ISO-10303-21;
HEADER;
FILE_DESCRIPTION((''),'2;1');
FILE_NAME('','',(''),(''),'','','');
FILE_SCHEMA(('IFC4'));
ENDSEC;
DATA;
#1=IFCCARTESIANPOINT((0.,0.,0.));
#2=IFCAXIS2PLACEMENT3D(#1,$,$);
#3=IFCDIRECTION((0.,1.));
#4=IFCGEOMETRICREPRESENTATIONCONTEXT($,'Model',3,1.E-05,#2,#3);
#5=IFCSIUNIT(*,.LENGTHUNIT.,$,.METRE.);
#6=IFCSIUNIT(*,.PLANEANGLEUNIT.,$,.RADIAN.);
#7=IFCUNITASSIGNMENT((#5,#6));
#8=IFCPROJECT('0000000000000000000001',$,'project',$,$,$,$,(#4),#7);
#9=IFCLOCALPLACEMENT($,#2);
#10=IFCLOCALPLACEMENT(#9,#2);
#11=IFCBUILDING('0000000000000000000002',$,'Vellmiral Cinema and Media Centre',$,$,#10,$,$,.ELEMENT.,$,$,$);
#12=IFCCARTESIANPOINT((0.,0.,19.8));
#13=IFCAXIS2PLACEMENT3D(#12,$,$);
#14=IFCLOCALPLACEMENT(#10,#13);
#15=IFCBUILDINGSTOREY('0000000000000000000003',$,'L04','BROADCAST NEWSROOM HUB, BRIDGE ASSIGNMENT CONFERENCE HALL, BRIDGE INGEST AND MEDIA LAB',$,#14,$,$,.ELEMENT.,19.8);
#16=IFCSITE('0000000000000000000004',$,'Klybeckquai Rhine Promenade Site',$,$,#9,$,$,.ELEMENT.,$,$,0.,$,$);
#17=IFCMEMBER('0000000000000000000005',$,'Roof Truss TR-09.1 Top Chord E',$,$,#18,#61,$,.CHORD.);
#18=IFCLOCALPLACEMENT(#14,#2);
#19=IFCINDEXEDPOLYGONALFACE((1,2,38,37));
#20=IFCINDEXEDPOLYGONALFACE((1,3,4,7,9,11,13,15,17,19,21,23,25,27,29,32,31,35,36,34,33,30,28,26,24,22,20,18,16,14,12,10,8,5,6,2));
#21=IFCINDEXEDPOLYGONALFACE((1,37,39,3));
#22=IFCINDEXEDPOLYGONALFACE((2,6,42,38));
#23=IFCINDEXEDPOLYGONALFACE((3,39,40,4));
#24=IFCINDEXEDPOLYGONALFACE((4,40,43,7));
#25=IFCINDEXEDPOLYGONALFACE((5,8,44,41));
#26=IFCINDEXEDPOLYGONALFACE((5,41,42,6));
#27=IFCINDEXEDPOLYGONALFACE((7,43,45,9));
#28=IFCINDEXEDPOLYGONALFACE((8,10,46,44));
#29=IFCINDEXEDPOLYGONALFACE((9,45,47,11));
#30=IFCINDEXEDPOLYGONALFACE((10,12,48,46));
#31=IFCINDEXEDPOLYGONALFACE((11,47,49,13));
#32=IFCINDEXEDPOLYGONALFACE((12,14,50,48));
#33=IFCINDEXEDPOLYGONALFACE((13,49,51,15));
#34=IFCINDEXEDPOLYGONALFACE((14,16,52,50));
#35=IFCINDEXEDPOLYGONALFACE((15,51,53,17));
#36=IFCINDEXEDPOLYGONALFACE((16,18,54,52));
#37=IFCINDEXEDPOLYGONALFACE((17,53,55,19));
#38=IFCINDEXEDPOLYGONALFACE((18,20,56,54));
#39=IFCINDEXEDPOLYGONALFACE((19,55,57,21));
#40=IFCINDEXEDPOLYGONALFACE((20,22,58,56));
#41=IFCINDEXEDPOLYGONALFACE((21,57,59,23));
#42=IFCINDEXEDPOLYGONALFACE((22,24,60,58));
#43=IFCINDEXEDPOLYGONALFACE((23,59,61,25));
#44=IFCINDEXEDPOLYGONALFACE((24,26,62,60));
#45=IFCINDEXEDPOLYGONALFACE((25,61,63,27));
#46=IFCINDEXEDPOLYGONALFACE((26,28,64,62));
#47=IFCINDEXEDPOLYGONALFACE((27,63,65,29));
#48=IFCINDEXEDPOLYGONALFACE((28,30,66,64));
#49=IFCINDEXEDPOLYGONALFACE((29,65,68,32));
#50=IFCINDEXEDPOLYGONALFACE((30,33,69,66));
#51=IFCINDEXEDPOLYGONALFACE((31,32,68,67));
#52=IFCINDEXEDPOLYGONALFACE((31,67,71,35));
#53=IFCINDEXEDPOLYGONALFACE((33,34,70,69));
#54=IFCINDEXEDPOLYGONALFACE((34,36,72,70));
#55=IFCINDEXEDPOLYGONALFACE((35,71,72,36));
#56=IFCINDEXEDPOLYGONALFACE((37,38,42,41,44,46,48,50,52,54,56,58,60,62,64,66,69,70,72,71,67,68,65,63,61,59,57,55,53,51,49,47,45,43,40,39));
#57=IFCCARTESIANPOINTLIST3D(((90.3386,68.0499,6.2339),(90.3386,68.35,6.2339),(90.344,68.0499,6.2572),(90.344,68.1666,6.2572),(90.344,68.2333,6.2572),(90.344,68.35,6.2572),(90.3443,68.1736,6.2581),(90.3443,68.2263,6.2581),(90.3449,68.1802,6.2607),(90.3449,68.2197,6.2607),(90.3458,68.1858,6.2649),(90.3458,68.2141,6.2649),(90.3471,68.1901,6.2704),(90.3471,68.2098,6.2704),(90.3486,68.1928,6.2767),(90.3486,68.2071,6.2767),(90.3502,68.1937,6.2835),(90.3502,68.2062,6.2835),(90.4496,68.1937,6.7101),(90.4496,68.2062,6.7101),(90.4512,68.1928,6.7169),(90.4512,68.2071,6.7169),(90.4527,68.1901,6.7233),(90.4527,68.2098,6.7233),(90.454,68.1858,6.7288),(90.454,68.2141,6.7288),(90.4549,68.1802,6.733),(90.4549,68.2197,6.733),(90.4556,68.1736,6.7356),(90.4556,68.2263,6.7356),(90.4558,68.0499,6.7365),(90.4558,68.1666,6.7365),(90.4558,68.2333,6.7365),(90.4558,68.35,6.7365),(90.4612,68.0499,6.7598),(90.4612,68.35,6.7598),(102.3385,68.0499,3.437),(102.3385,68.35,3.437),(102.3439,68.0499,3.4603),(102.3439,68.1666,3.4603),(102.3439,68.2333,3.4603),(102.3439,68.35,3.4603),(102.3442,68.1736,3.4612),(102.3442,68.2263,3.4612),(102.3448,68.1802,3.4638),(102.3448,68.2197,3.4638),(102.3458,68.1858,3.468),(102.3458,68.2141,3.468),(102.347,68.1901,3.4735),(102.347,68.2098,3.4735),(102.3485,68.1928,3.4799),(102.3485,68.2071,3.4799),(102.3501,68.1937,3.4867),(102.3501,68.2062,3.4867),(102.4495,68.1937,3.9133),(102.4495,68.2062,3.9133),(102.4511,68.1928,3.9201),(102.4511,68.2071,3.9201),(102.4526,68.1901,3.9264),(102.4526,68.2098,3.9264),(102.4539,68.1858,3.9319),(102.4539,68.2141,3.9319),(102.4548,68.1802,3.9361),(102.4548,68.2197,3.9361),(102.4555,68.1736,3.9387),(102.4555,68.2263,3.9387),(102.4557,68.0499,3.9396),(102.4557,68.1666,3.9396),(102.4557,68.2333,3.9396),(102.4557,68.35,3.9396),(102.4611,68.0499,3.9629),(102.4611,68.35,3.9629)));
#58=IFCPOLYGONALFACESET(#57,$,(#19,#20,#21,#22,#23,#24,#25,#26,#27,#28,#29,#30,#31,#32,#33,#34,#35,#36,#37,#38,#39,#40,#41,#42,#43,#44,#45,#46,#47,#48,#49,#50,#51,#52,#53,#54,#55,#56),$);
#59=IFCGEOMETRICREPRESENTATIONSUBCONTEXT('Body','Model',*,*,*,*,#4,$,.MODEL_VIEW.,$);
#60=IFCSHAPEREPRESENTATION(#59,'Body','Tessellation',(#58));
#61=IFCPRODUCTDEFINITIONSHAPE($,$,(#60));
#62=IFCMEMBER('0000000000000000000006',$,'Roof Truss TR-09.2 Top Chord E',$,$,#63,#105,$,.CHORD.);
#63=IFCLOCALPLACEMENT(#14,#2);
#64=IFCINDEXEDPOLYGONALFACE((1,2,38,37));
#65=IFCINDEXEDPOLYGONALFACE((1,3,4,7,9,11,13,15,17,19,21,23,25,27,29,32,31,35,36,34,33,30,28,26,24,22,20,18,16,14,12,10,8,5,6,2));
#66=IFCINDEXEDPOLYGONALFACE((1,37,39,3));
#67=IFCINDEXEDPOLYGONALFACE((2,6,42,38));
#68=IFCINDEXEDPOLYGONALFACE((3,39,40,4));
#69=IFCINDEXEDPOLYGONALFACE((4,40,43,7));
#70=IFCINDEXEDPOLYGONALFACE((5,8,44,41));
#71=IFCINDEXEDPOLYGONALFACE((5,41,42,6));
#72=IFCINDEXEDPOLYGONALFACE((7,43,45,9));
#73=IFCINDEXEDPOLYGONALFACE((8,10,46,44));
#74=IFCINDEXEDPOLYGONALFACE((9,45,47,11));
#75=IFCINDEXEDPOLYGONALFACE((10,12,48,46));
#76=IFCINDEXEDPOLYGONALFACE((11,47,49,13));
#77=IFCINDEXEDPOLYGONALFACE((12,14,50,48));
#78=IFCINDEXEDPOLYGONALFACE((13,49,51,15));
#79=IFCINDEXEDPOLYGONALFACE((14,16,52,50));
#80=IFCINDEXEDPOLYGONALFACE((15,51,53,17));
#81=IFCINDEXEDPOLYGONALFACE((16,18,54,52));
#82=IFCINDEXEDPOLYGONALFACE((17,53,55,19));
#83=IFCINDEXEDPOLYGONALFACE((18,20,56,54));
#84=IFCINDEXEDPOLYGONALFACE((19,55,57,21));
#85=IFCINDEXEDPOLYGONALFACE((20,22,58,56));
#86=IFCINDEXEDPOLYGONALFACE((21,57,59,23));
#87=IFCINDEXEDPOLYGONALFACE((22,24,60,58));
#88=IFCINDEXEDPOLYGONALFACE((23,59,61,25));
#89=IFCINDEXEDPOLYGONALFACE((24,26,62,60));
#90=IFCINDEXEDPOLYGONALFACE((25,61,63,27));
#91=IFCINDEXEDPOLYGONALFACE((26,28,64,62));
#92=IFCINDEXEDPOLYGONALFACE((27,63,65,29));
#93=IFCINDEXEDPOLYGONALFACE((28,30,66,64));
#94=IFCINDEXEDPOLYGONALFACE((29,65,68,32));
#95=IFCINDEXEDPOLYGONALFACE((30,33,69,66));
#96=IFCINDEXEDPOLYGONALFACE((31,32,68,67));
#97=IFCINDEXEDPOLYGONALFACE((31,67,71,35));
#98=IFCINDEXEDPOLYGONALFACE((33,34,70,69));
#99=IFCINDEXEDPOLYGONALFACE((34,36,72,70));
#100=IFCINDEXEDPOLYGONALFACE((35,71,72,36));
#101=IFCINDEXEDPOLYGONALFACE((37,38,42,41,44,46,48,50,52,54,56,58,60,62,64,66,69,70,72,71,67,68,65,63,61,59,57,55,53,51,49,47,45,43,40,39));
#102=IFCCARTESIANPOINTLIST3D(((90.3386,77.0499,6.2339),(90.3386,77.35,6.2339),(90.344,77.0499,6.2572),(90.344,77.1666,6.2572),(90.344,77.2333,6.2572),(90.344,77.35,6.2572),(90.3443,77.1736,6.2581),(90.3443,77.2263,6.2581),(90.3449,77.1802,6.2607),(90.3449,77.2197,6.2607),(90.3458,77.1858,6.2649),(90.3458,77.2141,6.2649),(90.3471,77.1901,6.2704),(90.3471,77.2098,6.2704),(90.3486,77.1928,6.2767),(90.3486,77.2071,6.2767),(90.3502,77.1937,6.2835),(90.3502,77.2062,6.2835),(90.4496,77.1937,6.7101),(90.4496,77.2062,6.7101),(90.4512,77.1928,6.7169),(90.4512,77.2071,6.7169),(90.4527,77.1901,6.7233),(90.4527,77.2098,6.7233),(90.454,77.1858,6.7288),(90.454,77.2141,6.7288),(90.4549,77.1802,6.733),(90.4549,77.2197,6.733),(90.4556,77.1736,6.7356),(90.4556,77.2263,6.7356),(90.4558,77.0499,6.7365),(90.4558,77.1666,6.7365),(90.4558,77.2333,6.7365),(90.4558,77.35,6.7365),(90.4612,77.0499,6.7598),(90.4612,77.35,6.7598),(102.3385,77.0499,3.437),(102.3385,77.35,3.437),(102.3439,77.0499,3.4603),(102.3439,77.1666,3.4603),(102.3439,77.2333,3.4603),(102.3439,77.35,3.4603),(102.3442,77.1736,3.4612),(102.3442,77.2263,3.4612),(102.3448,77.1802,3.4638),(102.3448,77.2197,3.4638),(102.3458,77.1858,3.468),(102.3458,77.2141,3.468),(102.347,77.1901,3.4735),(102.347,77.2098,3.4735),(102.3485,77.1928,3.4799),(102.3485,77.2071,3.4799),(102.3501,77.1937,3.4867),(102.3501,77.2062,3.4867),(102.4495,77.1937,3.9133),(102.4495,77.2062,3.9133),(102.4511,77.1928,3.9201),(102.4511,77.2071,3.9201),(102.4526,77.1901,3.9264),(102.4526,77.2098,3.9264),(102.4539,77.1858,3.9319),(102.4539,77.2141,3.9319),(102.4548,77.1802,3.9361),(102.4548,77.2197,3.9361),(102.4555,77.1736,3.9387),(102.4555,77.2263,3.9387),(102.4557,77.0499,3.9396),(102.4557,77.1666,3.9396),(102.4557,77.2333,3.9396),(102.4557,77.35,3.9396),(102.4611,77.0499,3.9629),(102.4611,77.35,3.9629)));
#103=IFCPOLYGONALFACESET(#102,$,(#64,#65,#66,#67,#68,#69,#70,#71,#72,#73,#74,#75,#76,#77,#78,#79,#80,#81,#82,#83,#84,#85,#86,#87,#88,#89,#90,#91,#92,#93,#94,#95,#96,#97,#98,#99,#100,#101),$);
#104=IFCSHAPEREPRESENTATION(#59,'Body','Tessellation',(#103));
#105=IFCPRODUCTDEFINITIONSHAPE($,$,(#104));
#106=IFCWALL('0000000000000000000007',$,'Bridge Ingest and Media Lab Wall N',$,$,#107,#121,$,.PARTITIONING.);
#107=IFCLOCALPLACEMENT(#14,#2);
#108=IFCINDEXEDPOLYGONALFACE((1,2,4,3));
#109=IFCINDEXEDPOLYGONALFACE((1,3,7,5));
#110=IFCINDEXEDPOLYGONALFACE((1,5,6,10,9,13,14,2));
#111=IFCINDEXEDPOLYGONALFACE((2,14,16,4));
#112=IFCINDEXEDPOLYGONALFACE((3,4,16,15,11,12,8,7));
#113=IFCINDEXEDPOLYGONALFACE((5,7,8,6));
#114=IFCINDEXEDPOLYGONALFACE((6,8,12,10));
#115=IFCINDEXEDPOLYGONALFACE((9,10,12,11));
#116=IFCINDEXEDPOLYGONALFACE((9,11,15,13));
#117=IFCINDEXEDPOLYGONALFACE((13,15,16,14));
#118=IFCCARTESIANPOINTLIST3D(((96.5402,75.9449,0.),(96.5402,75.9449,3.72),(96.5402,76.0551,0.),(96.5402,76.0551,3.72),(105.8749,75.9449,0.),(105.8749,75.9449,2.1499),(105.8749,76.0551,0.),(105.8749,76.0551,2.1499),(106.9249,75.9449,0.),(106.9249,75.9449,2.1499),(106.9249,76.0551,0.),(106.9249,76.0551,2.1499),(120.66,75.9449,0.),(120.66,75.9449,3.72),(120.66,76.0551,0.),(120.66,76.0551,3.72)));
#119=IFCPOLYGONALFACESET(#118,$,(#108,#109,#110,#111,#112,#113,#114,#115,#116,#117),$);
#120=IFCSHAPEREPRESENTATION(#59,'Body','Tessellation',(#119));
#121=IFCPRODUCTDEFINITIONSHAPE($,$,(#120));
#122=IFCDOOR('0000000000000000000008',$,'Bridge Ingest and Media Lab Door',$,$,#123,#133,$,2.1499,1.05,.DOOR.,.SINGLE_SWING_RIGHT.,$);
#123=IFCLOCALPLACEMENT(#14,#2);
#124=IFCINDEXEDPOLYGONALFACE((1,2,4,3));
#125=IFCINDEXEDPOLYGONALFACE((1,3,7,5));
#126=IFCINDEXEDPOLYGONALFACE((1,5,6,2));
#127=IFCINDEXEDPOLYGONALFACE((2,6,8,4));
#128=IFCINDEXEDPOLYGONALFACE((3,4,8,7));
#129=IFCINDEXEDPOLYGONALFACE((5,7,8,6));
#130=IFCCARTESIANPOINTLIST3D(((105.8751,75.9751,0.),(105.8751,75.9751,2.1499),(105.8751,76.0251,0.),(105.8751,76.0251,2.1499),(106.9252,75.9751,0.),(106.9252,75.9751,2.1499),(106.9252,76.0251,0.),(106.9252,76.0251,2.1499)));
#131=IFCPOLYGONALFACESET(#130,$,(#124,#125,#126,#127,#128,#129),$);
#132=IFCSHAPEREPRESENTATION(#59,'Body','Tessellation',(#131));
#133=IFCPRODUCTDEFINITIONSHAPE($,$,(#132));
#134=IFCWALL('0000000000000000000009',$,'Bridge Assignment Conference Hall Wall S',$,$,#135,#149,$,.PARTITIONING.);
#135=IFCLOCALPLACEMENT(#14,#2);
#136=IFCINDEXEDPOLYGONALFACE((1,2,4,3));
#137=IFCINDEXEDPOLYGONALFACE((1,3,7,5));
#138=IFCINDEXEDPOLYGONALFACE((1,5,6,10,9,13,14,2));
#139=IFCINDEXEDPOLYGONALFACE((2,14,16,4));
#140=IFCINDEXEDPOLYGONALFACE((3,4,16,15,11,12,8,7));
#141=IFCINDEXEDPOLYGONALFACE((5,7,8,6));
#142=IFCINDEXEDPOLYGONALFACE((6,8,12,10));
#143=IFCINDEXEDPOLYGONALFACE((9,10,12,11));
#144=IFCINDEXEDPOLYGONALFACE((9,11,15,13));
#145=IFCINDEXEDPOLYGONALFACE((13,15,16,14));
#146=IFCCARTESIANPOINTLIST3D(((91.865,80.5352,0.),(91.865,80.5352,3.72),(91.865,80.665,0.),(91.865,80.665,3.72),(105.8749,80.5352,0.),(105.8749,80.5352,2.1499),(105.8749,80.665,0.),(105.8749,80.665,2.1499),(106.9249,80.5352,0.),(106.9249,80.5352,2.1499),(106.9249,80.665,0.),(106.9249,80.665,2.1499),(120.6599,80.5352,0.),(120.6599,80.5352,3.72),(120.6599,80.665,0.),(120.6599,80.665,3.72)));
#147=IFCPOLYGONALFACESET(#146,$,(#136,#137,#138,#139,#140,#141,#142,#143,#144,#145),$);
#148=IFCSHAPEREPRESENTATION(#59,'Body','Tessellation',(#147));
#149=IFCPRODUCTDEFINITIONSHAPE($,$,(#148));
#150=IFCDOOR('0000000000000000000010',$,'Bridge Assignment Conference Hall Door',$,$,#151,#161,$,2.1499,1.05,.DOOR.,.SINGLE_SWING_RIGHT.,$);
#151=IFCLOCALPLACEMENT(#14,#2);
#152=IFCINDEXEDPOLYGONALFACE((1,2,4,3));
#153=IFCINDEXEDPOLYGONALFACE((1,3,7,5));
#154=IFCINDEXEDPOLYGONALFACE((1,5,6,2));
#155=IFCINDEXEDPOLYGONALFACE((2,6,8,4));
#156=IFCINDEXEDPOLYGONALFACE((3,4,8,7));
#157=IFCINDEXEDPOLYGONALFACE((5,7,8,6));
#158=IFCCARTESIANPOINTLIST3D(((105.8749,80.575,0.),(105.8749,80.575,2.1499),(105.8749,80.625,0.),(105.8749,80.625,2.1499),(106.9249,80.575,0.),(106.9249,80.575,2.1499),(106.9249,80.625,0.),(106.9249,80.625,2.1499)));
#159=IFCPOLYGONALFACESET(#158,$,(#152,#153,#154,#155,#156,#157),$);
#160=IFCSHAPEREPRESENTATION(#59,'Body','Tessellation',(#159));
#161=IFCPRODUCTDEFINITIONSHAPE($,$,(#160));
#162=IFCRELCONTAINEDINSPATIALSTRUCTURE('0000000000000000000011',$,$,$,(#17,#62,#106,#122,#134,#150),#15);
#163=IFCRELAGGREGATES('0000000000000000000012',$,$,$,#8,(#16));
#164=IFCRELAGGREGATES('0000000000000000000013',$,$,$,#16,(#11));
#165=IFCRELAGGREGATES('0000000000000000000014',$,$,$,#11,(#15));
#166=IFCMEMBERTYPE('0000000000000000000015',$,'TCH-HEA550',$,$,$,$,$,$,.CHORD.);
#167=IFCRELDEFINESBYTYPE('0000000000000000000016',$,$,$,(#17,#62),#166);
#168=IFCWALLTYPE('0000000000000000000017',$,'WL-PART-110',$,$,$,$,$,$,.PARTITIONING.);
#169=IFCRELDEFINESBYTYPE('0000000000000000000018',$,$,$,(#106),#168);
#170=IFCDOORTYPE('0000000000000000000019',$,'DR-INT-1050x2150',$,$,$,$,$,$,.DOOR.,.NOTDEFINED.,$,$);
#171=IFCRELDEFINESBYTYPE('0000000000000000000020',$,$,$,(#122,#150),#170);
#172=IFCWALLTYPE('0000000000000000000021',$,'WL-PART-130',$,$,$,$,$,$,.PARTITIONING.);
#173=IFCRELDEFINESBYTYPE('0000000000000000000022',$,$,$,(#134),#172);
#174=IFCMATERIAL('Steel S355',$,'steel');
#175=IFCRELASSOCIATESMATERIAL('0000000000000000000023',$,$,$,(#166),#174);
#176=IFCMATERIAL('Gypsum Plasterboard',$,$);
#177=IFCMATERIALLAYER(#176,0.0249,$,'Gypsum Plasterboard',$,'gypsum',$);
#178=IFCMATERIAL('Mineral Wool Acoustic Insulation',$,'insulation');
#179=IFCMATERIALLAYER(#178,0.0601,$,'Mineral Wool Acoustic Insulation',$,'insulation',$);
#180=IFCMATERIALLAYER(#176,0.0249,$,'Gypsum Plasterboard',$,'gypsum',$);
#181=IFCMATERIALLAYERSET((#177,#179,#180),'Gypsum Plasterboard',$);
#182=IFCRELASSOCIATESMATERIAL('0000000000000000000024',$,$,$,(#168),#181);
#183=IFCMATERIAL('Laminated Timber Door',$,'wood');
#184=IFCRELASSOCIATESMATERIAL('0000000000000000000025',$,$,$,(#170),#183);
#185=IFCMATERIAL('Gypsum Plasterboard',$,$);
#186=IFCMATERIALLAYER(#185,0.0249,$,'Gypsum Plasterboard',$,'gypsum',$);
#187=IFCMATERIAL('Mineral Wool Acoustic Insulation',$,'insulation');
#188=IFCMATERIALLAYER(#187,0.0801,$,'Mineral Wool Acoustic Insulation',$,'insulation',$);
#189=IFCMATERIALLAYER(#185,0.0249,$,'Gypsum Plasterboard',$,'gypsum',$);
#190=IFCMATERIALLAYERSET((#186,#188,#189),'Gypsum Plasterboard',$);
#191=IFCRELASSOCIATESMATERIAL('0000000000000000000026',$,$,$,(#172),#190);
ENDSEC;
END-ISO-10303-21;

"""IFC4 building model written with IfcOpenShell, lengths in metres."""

from ifc_helpers import new_model, si_unit, direction, frame, frame_2d, origin, origin_2d, place, context, subcontext, project, spatial, rectangle, i_section, extrude, material, layer, layer_set, material_profile, profile_set, type_object, element, fill, save


model = new_model("IFC4")

# Units and contexts
model_context = context("Model", 3, precision=1e-05, world=origin(), true_north=direction((0.0, 1.0)))
body_context = subcontext(model_context, "Body", "Model", "MODEL_VIEW")
ifc_project = project(units=[si_unit("LENGTHUNIT", "METRE"), si_unit("PLANEANGLEUNIT", "RADIAN")], contexts=[model_context])

# Site, building, storey
site_placement = place(None, origin())
site = spatial("IfcSite", under=ifc_project, at=site_placement, Name="Klybeckquai Rhine Promenade Site", CompositionType="ELEMENT", RefElevation=0.0)
building_placement = place(site_placement, origin())
building = spatial("IfcBuilding", under=site, at=building_placement, Name="Vellmiral Cinema and Media Centre", CompositionType="ELEMENT")
storey_placement = place(building_placement, frame((0.0, 0.0, 19.8)))
storey = spatial("IfcBuildingStorey", under=building, at=storey_placement, Name="L04", Description="BROADCAST NEWSROOM HUB, BRIDGE ASSIGNMENT CONFERENCE HALL, BRIDGE INGEST AND MEDIA LAB", CompositionType="ELEMENT", Elevation=19.8)

# Members
ifc_material_1 = material(Name="Steel S355", Category="steel")
ifc_material_profile_1 = material_profile(ifc_material_1, i_section(OverallWidth=0.3, OverallDepth=0.54, WebThickness=0.0125, FlangeThickness=0.0239, FilletRadius=0.0271, at=origin_2d()), Name="HEA 550")
ifc_profile_set_1 = profile_set([ifc_material_profile_1], Name="Steel S355")
member_type_1 = type_object("IfcMemberType", Name="TCH-HEA550", PredefinedType="CHORD", material=ifc_profile_set_1)
for number, where, z_axis, x_axis, name in (
    (1, (90.3999, 68.2, 6.4968), (0.973897, 0.0, -0.226989), (0.0, 1.0, 0.0), "Roof Truss TR-09.1 Top Chord E"),
    (2, (90.3999, 77.2, 6.4968), (0.973897, 0.0, -0.226989), (0.0, 1.0, 0.0), "Roof Truss TR-09.2 Top Chord E"),
):
    element("IfcMember", number, at=place(storey_placement, frame(where, z_axis=z_axis, x_axis=x_axis)), inside=storey, type_object=member_type_1, Name=name, PredefinedType="CHORD", context=body_context, shape_type="SweptSolid", body=[
        extrude(i_section(OverallWidth=0.3, OverallDepth=0.54, WebThickness=0.0125, FlangeThickness=0.0239, FilletRadius=0.0271, at=origin_2d()), origin(), (0.0, 0.0, 1.0), 12.3215),
    ])

# Walls, openings, doors
ifc_material_2 = material(Name="Gypsum Plasterboard")
ifc_layer_1 = layer(ifc_material_2, 0.0249, Name="Gypsum Plasterboard", Category="gypsum")
ifc_material_3 = material(Name="Mineral Wool Acoustic Insulation", Category="insulation")
ifc_layer_2 = layer(ifc_material_3, 0.0601, Name="Mineral Wool Acoustic Insulation", Category="insulation")
ifc_layer_3 = layer(ifc_material_2, 0.0249, Name="Gypsum Plasterboard", Category="gypsum")
ifc_layer_set_1 = layer_set([ifc_layer_1, ifc_layer_2, ifc_layer_3], Name="Gypsum Plasterboard")
wall_type_1 = type_object("IfcWallType", Name="WL-PART-110", PredefinedType="PARTITIONING", material=ifc_layer_set_1)
wall_1_placement = place(storey_placement, frame((96.54, 76.0, 0.0), z_axis=(0.0, 0.0, 1.0), x_axis=(1.0, 0.0, 0.0)))
wall_1 = element("IfcWall", 3, at=wall_1_placement, inside=storey, type_object=wall_type_1, Name="Bridge Ingest and Media Lab Wall N", PredefinedType="PARTITIONING", context=body_context, shape_type="SweptSolid", body=[
    extrude(rectangle(XDim=24.1199, YDim=0.1101, at=frame_2d((12.0601, 0.0))), origin(), (0.0, 0.0, 1.0), 3.72),
])
opening_1_placement = place(wall_1_placement, frame((9.335, 0.0, 0.0)))
opening_1 = element("IfcOpeningElement", 4, at=opening_1_placement, cuts=wall_1, PredefinedType="OPENING", context=body_context, shape_type="SweptSolid", body=[
    extrude(rectangle(XDim=1.05, YDim=2.1499, at=frame_2d((0.5249, 1.075))), frame((0.0, 0.0669, 0.0), z_axis=(0.0, -1.0, 0.0), x_axis=(1.0, 0.0, 0.0)), (0.0, 0.0, 1.0), 0.134),
])
ifc_material_4 = material(Name="Laminated Timber Door", Category="wood")
door_type_1 = type_object("IfcDoorType", Name="DR-INT-1050x2150", OperationType="NOTDEFINED", PredefinedType="DOOR", material=ifc_material_4)
door_1_placement = place(opening_1_placement, frame((1.05, 0.0, 0.0), z_axis=(0.0, 0.0, 1.0), x_axis=(-1.0, 0.0, 0.0)))
door_1 = element("IfcDoor", 5, at=door_1_placement, inside=storey, type_object=door_type_1, Name="Bridge Ingest and Media Lab Door", OperationType="SINGLE_SWING_RIGHT", OverallHeight=2.1499, OverallWidth=1.05, PredefinedType="DOOR", context=body_context, shape_type="SweptSolid", body=[
    extrude(rectangle(XDim=1.05, YDim=2.1499, at=frame_2d((0.5249, 1.075))), frame((0.0, 0.0249, 0.0), z_axis=(0.0, -1.0, 0.0), x_axis=(1.0, 0.0, 0.0)), (0.0, 0.0, 1.0), 0.05),
])
fill(opening_1, door_1)
ifc_material_5 = material(Name="Gypsum Plasterboard")
ifc_layer_4 = layer(ifc_material_5, 0.0249, Name="Gypsum Plasterboard", Category="gypsum")
ifc_material_6 = material(Name="Mineral Wool Acoustic Insulation", Category="insulation")
ifc_layer_5 = layer(ifc_material_6, 0.0801, Name="Mineral Wool Acoustic Insulation", Category="insulation")
ifc_layer_6 = layer(ifc_material_5, 0.0249, Name="Gypsum Plasterboard", Category="gypsum")
ifc_layer_set_2 = layer_set([ifc_layer_4, ifc_layer_5, ifc_layer_6], Name="Gypsum Plasterboard")
wall_type_2 = type_object("IfcWallType", Name="WL-PART-130", PredefinedType="PARTITIONING", material=ifc_layer_set_2)
wall_2_placement = place(storey_placement, frame((91.865, 80.6001, 0.0), z_axis=(0.0, 0.0, 1.0), x_axis=(1.0, 0.0, 0.0)))
wall_2 = element("IfcWall", 6, at=wall_2_placement, inside=storey, type_object=wall_type_2, Name="Bridge Assignment Conference Hall Wall S", PredefinedType="PARTITIONING", context=body_context, shape_type="SweptSolid", body=[
    extrude(rectangle(XDim=28.7949, YDim=0.1299, at=frame_2d((14.3975, 0.0))), origin(), (0.0, 0.0, 1.0), 3.72),
])
opening_2_placement = place(wall_2_placement, frame((14.01, 0.0, 0.0)))
opening_2 = element("IfcOpeningElement", 7, at=opening_2_placement, cuts=wall_2, PredefinedType="OPENING", context=body_context, shape_type="SweptSolid", body=[
    extrude(rectangle(XDim=1.05, YDim=2.1499, at=frame_2d((0.5249, 1.075))), frame((0.0, 0.0769, 0.0), z_axis=(0.0, -1.0, 0.0), x_axis=(1.0, 0.0, 0.0)), (0.0, 0.0, 1.0), 0.1538),
])
door_2_placement = place(opening_2_placement, origin())
door_2 = element("IfcDoor", 8, at=door_2_placement, inside=storey, type_object=door_type_1, Name="Bridge Assignment Conference Hall Door", OperationType="SINGLE_SWING_RIGHT", OverallHeight=2.1499, OverallWidth=1.05, PredefinedType="DOOR", context=body_context, shape_type="SweptSolid", body=[
    extrude(rectangle(XDim=1.05, YDim=2.1499, at=frame_2d((0.5249, 1.075))), frame((0.0, 0.0249, 0.0), z_axis=(0.0, -1.0, 0.0), x_axis=(1.0, 0.0, 0.0)), (0.0, 0.0, 1.0), 0.05),
])
fill(opening_2, door_2)

save(model, "model.ifc")
